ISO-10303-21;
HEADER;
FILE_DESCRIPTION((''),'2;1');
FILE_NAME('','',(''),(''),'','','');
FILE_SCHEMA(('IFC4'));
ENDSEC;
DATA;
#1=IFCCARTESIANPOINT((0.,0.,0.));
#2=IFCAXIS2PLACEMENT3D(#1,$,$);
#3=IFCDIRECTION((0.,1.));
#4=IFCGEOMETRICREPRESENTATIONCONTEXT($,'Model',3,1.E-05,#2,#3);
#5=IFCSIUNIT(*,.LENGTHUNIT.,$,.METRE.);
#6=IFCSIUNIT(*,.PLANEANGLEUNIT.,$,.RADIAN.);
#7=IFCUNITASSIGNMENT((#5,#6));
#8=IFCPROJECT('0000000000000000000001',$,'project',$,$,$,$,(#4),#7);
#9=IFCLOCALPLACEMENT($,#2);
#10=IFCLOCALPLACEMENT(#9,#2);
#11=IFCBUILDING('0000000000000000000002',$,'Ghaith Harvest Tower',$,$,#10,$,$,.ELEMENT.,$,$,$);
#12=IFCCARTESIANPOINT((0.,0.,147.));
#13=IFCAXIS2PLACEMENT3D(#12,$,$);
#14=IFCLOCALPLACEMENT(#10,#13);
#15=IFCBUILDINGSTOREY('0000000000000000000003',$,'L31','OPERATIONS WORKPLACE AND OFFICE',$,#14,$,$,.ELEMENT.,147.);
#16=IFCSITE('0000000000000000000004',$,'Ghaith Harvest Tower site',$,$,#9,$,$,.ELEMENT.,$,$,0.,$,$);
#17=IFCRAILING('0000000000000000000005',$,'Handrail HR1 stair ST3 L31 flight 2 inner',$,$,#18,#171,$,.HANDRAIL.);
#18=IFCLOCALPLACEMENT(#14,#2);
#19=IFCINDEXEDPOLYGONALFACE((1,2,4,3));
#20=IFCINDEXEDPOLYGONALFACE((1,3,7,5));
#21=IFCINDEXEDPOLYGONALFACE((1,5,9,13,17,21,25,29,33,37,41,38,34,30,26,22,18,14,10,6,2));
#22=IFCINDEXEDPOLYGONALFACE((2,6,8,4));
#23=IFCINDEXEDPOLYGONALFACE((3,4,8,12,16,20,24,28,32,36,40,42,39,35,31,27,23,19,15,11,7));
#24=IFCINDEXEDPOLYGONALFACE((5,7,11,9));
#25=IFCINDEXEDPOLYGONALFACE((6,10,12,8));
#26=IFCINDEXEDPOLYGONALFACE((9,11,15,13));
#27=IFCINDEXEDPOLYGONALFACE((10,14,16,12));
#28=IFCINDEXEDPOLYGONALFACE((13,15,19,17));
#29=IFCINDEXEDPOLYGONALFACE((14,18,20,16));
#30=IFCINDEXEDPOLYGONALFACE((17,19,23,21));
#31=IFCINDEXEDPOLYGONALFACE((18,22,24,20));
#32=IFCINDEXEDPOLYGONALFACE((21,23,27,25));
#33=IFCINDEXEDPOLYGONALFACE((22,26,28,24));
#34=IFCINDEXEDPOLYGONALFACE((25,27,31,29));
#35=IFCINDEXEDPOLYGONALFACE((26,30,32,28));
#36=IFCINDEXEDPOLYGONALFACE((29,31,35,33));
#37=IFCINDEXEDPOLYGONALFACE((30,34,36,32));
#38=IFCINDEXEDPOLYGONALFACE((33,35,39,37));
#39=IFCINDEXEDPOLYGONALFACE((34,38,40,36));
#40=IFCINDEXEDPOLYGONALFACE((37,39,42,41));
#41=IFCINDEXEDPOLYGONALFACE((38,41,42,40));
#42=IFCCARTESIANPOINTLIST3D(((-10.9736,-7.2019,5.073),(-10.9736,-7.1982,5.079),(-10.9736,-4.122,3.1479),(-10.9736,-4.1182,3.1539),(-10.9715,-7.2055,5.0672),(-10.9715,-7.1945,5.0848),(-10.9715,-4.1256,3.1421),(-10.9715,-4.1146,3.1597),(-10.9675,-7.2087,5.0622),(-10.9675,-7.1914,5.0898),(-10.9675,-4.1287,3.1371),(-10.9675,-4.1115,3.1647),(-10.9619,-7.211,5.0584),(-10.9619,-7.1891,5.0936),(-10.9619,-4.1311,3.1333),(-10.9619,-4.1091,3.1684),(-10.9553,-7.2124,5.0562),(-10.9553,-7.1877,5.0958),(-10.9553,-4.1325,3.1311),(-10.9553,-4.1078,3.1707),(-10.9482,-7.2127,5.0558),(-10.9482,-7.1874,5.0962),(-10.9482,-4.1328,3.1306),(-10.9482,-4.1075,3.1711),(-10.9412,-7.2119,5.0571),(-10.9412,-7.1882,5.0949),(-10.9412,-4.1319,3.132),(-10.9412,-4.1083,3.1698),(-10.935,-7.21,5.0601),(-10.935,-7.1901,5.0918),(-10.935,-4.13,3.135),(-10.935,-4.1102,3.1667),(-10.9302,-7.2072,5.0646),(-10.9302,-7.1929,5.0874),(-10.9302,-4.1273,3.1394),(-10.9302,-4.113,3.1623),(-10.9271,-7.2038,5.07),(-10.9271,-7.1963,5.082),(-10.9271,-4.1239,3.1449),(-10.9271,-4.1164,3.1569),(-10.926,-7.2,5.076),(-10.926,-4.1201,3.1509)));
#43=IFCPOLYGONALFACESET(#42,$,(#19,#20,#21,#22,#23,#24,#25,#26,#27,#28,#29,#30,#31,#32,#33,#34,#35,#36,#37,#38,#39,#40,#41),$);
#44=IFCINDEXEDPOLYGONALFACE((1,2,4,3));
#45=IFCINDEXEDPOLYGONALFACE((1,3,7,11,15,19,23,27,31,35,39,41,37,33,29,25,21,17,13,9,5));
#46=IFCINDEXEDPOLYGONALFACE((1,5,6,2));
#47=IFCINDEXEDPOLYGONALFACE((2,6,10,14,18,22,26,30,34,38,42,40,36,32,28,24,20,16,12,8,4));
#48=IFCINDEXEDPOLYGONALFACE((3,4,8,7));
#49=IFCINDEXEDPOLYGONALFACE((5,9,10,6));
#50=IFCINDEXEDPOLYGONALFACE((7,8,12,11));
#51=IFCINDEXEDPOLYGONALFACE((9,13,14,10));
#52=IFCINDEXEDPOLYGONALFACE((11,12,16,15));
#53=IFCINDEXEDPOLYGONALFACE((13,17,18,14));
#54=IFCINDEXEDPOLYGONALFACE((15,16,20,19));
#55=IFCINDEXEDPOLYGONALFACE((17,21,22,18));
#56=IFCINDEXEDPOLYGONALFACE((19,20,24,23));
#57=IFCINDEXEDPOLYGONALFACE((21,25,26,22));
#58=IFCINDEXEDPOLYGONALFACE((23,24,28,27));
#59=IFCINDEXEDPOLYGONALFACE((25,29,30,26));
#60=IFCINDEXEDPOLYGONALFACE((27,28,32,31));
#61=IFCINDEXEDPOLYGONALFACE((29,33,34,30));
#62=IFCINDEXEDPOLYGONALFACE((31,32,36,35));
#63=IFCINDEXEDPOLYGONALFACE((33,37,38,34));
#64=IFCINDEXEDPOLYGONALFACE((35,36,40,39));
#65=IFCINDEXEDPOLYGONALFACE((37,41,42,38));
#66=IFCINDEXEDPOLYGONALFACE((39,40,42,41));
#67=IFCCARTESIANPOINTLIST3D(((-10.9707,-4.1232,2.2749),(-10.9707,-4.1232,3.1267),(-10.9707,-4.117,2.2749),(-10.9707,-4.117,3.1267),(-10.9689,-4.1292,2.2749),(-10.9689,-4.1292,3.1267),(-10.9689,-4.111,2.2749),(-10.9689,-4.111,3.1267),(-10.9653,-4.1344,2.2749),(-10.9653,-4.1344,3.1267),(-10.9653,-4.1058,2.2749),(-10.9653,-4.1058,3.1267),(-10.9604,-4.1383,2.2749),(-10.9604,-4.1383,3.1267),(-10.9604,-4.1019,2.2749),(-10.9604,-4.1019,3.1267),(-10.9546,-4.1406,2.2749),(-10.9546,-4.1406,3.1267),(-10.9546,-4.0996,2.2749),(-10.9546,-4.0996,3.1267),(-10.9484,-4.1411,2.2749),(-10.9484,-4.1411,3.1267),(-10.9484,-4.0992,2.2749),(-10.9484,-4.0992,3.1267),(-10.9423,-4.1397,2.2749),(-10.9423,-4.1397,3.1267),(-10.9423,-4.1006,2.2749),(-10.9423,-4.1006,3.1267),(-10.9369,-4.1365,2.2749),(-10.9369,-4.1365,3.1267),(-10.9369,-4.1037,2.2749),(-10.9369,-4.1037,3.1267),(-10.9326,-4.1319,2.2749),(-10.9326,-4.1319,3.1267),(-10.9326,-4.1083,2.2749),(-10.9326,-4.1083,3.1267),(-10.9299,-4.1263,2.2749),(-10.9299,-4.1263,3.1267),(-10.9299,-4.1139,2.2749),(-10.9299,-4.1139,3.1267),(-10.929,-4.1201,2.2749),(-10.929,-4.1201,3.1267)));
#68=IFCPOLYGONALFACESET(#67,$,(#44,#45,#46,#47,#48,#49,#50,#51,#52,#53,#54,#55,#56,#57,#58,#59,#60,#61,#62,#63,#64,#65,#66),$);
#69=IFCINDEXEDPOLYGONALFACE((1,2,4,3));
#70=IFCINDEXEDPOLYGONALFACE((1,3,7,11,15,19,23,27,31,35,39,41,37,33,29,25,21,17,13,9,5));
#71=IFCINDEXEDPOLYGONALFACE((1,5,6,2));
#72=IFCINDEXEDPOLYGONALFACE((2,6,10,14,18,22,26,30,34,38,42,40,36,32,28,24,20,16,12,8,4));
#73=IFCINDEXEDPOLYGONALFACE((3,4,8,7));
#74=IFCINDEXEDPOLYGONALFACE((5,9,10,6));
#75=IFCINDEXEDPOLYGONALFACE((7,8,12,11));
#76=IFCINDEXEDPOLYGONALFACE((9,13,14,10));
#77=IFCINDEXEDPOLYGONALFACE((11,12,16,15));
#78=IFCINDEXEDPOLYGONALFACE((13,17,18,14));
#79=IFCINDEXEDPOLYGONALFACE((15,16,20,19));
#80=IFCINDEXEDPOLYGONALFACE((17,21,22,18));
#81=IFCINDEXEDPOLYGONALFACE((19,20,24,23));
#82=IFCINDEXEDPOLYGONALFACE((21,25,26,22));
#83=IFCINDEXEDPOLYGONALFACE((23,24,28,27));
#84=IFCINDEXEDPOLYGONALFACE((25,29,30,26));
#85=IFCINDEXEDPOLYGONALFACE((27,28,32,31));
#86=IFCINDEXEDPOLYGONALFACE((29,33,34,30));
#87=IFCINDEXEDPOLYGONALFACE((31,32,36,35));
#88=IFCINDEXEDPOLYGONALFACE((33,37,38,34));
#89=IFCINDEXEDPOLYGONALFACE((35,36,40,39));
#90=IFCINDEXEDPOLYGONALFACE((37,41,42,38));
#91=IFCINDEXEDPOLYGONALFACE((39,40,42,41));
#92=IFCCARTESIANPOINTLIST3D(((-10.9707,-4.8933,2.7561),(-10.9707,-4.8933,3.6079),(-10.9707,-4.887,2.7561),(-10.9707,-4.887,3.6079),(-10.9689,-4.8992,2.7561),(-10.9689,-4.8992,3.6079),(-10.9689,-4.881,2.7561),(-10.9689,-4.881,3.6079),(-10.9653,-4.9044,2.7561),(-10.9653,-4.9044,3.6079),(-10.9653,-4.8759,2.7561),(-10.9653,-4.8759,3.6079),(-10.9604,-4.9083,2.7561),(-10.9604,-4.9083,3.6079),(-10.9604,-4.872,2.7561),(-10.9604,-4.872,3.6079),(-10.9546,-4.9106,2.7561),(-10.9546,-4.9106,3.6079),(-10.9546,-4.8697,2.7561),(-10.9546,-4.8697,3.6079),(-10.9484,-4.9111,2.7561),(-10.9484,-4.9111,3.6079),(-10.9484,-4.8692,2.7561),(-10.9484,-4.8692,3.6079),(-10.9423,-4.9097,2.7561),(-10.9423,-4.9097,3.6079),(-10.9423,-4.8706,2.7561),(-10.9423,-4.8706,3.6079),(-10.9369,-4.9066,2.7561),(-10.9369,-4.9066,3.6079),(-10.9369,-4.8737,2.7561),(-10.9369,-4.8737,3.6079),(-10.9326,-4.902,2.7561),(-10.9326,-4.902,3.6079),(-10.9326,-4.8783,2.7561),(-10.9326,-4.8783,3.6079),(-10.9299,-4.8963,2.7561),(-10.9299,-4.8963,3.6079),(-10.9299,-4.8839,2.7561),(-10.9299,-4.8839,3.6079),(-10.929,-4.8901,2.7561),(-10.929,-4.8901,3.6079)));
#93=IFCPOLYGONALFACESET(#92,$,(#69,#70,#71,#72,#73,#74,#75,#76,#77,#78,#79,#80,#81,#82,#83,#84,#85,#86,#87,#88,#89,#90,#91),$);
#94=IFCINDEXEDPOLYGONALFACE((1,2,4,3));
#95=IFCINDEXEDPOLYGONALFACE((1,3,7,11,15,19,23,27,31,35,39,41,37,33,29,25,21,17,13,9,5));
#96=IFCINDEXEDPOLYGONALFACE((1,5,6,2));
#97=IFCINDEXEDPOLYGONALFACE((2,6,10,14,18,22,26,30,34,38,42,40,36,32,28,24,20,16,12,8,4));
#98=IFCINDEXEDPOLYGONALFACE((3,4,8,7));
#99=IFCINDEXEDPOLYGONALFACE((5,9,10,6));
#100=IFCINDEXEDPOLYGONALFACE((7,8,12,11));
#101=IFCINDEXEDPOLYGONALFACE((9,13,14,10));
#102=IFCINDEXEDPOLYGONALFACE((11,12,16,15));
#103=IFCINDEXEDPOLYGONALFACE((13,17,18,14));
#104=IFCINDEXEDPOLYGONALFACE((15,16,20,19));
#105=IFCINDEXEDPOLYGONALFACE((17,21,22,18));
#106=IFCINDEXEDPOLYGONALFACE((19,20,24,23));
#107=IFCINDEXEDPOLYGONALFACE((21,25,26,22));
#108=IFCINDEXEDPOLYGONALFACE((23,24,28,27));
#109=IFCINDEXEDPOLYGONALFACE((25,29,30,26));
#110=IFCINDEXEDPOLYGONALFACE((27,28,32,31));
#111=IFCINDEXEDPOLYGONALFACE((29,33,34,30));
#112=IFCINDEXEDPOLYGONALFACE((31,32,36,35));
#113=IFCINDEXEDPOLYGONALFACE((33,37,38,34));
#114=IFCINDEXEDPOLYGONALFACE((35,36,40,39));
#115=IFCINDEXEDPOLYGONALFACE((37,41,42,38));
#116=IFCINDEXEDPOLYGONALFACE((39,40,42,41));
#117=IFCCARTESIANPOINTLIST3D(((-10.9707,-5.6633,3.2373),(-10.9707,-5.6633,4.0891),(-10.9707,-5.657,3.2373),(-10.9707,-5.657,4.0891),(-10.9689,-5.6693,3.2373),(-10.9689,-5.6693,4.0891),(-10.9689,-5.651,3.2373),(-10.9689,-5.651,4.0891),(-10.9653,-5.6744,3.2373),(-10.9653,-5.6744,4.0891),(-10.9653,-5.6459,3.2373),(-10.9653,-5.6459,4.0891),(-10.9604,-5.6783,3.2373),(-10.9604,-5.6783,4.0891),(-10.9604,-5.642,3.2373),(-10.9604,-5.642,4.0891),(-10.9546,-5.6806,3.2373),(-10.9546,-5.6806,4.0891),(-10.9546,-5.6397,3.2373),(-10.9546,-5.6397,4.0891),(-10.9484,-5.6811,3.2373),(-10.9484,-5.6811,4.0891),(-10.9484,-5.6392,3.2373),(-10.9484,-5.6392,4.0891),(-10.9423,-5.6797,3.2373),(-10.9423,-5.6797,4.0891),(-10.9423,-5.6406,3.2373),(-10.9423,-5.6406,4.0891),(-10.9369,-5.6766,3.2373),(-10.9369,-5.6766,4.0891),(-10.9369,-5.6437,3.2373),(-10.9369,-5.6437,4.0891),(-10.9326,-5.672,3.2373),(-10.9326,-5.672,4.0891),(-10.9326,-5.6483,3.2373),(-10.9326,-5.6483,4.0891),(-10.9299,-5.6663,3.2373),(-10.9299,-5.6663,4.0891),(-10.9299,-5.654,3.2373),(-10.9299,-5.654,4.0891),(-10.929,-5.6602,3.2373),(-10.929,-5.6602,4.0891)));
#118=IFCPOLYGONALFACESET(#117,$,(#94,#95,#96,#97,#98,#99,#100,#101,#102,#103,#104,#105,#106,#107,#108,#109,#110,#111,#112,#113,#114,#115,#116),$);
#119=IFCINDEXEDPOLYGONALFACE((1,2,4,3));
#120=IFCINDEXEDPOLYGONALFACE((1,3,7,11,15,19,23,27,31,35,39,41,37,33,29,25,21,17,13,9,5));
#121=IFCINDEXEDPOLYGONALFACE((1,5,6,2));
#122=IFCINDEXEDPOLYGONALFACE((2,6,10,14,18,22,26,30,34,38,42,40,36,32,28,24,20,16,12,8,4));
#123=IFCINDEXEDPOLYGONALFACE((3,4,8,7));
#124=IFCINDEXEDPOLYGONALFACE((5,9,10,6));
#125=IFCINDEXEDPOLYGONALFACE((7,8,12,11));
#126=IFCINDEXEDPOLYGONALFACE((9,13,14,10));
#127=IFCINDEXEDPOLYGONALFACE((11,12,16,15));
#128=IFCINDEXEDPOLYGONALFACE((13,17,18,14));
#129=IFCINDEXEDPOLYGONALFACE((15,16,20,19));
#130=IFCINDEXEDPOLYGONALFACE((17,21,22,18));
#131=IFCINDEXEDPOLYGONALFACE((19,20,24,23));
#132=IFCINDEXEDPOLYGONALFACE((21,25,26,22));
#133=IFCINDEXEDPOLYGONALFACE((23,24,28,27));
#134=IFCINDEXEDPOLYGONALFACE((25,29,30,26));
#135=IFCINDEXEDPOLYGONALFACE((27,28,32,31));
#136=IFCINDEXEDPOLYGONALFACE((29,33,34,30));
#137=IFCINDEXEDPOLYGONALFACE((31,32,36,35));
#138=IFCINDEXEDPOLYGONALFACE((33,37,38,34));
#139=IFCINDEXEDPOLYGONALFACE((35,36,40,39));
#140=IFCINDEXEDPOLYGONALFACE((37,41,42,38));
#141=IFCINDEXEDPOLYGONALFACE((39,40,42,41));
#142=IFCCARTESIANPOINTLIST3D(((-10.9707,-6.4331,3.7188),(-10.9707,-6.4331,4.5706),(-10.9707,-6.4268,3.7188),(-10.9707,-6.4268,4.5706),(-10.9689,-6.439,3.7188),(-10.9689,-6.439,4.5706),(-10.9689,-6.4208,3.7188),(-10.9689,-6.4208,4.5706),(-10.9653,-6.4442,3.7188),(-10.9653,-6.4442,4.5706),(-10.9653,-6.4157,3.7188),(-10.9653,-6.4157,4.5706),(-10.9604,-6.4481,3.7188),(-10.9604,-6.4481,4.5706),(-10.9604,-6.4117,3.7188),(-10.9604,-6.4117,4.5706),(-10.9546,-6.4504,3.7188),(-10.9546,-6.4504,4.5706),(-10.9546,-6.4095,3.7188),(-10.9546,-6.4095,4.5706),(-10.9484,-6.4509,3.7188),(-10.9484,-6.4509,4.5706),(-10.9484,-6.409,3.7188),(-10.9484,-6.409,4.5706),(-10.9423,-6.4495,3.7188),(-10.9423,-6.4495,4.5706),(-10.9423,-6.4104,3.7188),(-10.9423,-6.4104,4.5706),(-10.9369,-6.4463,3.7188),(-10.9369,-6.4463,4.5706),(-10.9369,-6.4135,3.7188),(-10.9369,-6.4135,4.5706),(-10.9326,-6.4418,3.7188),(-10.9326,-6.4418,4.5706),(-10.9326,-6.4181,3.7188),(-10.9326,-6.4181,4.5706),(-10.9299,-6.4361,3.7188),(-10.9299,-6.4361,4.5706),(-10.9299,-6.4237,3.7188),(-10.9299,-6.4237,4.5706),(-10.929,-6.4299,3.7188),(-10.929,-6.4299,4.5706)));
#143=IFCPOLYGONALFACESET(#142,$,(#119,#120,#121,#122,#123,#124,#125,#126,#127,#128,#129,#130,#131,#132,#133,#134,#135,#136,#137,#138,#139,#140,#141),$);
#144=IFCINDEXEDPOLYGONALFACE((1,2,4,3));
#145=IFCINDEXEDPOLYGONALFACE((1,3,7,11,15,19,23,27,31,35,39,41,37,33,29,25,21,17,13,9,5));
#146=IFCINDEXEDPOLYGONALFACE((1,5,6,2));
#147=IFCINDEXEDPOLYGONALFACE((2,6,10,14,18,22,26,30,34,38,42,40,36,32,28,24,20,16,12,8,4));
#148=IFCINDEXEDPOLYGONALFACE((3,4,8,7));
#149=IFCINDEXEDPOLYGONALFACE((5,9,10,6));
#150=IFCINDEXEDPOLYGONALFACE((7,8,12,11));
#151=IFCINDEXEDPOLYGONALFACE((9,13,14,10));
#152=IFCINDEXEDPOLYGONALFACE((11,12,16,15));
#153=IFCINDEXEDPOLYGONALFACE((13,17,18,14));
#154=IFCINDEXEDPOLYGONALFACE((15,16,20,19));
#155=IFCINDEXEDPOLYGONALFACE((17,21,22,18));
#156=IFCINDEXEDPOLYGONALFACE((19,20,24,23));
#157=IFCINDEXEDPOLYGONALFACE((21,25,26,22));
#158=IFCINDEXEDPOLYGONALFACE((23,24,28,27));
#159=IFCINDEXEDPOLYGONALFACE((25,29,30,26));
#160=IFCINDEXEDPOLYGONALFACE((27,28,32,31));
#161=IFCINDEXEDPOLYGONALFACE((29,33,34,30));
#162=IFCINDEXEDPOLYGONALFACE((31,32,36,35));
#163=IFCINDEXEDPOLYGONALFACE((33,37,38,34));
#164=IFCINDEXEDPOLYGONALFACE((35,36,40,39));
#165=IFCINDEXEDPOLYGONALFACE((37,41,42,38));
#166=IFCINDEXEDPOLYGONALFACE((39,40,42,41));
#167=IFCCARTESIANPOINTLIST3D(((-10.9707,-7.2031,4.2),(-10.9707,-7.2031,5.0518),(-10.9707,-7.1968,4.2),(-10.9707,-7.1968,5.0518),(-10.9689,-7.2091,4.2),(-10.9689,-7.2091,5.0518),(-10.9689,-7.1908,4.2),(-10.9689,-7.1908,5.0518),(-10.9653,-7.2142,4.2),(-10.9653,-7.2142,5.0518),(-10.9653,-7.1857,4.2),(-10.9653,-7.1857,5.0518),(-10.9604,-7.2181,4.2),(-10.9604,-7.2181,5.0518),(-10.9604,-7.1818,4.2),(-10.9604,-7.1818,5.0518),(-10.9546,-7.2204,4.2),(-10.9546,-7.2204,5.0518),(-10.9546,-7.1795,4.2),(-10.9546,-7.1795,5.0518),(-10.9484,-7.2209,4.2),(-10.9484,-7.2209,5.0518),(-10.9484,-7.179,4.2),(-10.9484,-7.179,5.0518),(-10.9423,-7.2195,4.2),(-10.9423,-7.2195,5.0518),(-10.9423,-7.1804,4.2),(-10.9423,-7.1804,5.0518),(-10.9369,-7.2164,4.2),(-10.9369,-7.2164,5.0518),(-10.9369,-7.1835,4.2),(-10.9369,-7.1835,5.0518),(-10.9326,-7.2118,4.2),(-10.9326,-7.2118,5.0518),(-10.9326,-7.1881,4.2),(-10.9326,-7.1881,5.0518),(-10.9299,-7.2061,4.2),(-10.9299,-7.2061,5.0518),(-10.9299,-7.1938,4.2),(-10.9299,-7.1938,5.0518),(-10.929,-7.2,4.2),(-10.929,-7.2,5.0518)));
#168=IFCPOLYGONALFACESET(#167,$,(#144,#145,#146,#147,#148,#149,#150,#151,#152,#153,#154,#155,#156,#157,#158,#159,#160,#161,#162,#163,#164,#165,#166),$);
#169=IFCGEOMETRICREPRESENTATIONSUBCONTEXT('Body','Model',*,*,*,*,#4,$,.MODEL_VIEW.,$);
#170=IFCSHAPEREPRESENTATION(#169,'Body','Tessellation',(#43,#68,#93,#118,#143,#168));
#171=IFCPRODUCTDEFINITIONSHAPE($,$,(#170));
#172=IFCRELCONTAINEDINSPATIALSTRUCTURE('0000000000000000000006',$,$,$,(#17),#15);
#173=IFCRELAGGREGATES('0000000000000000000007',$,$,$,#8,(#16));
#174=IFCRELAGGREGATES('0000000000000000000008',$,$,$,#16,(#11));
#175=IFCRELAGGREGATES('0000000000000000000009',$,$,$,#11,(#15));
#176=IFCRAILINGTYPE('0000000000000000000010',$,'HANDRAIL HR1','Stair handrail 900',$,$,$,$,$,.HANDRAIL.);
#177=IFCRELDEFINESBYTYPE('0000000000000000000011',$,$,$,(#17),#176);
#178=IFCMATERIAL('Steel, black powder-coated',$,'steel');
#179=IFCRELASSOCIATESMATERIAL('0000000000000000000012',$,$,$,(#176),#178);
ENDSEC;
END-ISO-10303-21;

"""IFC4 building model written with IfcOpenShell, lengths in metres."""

from ifc_helpers import new_model, si_unit, direction, frame, origin, origin_2d, place, context, subcontext, project, spatial, circle, extrude, material, type_object, element, save


model = new_model("IFC4")

# Units and contexts
model_context = context("Model", 3, precision=1e-05, world=origin(), true_north=direction((0.0, 1.0)))
body_context = subcontext(model_context, "Body", "Model", "MODEL_VIEW")
ifc_project = project(units=[si_unit("LENGTHUNIT", "METRE"), si_unit("PLANEANGLEUNIT", "RADIAN")], contexts=[model_context])

# Site, building, storey
site_placement = place(None, origin())
site = spatial("IfcSite", under=ifc_project, at=site_placement, Name="Ghaith Harvest Tower site", CompositionType="ELEMENT", RefElevation=0.0)
building_placement = place(site_placement, origin())
building = spatial("IfcBuilding", under=site, at=building_placement, Name="Ghaith Harvest Tower", CompositionType="ELEMENT")
storey_placement = place(building_placement, frame((0.0, 0.0, 147.0)))
storey = spatial("IfcBuildingStorey", under=building, at=storey_placement, Name="L31", Description="OPERATIONS WORKPLACE AND OFFICE", CompositionType="ELEMENT", Elevation=147.0)

# Railing
ifc_material_1 = material(Name="Steel, black powder-coated", Category="steel")
railing_type = type_object("IfcRailingType", Name="HANDRAIL HR1", Description="Stair handrail 900", PredefinedType="HANDRAIL", material=ifc_material_1)
railing_1_placement = place(storey_placement, frame((-10.95, -4.1201, 2.2749)))
element("IfcRailing", 1, at=railing_1_placement, inside=storey, type_object=railing_type, Name="Handrail HR1 stair ST3 L31 flight 2 inner", PredefinedType="HANDRAIL", context=body_context, shape_type="SweptSolid", body=[
    extrude(circle(Radius=0.0239, at=origin_2d()), frame((0.0, 0.0, 0.876), z_axis=(0.0, -0.847979, 0.530029), x_axis=(1.0, 0.0, 0.0)), (0.0, 0.0, 1.0), 3.6321),
    extrude(circle(Radius=0.021, at=origin_2d()), origin(), (0.0, 0.0, 1.0), 0.8518),
    extrude(circle(Radius=0.021, at=origin_2d()), frame((0.0, -0.77, 0.4812)), (0.0, 0.0, 1.0), 0.8518),
    extrude(circle(Radius=0.021, at=origin_2d()), frame((0.0, -1.54, 0.9624)), (0.0, 0.0, 1.0), 0.8518),
    extrude(circle(Radius=0.021, at=origin_2d()), frame((0.0, -2.3098, 1.4438)), (0.0, 0.0, 1.0), 0.8518),
    extrude(circle(Radius=0.021, at=origin_2d()), frame((0.0, -3.0798, 1.925)), (0.0, 0.0, 1.0), 0.8518),
])

save(model, "model.ifc")
